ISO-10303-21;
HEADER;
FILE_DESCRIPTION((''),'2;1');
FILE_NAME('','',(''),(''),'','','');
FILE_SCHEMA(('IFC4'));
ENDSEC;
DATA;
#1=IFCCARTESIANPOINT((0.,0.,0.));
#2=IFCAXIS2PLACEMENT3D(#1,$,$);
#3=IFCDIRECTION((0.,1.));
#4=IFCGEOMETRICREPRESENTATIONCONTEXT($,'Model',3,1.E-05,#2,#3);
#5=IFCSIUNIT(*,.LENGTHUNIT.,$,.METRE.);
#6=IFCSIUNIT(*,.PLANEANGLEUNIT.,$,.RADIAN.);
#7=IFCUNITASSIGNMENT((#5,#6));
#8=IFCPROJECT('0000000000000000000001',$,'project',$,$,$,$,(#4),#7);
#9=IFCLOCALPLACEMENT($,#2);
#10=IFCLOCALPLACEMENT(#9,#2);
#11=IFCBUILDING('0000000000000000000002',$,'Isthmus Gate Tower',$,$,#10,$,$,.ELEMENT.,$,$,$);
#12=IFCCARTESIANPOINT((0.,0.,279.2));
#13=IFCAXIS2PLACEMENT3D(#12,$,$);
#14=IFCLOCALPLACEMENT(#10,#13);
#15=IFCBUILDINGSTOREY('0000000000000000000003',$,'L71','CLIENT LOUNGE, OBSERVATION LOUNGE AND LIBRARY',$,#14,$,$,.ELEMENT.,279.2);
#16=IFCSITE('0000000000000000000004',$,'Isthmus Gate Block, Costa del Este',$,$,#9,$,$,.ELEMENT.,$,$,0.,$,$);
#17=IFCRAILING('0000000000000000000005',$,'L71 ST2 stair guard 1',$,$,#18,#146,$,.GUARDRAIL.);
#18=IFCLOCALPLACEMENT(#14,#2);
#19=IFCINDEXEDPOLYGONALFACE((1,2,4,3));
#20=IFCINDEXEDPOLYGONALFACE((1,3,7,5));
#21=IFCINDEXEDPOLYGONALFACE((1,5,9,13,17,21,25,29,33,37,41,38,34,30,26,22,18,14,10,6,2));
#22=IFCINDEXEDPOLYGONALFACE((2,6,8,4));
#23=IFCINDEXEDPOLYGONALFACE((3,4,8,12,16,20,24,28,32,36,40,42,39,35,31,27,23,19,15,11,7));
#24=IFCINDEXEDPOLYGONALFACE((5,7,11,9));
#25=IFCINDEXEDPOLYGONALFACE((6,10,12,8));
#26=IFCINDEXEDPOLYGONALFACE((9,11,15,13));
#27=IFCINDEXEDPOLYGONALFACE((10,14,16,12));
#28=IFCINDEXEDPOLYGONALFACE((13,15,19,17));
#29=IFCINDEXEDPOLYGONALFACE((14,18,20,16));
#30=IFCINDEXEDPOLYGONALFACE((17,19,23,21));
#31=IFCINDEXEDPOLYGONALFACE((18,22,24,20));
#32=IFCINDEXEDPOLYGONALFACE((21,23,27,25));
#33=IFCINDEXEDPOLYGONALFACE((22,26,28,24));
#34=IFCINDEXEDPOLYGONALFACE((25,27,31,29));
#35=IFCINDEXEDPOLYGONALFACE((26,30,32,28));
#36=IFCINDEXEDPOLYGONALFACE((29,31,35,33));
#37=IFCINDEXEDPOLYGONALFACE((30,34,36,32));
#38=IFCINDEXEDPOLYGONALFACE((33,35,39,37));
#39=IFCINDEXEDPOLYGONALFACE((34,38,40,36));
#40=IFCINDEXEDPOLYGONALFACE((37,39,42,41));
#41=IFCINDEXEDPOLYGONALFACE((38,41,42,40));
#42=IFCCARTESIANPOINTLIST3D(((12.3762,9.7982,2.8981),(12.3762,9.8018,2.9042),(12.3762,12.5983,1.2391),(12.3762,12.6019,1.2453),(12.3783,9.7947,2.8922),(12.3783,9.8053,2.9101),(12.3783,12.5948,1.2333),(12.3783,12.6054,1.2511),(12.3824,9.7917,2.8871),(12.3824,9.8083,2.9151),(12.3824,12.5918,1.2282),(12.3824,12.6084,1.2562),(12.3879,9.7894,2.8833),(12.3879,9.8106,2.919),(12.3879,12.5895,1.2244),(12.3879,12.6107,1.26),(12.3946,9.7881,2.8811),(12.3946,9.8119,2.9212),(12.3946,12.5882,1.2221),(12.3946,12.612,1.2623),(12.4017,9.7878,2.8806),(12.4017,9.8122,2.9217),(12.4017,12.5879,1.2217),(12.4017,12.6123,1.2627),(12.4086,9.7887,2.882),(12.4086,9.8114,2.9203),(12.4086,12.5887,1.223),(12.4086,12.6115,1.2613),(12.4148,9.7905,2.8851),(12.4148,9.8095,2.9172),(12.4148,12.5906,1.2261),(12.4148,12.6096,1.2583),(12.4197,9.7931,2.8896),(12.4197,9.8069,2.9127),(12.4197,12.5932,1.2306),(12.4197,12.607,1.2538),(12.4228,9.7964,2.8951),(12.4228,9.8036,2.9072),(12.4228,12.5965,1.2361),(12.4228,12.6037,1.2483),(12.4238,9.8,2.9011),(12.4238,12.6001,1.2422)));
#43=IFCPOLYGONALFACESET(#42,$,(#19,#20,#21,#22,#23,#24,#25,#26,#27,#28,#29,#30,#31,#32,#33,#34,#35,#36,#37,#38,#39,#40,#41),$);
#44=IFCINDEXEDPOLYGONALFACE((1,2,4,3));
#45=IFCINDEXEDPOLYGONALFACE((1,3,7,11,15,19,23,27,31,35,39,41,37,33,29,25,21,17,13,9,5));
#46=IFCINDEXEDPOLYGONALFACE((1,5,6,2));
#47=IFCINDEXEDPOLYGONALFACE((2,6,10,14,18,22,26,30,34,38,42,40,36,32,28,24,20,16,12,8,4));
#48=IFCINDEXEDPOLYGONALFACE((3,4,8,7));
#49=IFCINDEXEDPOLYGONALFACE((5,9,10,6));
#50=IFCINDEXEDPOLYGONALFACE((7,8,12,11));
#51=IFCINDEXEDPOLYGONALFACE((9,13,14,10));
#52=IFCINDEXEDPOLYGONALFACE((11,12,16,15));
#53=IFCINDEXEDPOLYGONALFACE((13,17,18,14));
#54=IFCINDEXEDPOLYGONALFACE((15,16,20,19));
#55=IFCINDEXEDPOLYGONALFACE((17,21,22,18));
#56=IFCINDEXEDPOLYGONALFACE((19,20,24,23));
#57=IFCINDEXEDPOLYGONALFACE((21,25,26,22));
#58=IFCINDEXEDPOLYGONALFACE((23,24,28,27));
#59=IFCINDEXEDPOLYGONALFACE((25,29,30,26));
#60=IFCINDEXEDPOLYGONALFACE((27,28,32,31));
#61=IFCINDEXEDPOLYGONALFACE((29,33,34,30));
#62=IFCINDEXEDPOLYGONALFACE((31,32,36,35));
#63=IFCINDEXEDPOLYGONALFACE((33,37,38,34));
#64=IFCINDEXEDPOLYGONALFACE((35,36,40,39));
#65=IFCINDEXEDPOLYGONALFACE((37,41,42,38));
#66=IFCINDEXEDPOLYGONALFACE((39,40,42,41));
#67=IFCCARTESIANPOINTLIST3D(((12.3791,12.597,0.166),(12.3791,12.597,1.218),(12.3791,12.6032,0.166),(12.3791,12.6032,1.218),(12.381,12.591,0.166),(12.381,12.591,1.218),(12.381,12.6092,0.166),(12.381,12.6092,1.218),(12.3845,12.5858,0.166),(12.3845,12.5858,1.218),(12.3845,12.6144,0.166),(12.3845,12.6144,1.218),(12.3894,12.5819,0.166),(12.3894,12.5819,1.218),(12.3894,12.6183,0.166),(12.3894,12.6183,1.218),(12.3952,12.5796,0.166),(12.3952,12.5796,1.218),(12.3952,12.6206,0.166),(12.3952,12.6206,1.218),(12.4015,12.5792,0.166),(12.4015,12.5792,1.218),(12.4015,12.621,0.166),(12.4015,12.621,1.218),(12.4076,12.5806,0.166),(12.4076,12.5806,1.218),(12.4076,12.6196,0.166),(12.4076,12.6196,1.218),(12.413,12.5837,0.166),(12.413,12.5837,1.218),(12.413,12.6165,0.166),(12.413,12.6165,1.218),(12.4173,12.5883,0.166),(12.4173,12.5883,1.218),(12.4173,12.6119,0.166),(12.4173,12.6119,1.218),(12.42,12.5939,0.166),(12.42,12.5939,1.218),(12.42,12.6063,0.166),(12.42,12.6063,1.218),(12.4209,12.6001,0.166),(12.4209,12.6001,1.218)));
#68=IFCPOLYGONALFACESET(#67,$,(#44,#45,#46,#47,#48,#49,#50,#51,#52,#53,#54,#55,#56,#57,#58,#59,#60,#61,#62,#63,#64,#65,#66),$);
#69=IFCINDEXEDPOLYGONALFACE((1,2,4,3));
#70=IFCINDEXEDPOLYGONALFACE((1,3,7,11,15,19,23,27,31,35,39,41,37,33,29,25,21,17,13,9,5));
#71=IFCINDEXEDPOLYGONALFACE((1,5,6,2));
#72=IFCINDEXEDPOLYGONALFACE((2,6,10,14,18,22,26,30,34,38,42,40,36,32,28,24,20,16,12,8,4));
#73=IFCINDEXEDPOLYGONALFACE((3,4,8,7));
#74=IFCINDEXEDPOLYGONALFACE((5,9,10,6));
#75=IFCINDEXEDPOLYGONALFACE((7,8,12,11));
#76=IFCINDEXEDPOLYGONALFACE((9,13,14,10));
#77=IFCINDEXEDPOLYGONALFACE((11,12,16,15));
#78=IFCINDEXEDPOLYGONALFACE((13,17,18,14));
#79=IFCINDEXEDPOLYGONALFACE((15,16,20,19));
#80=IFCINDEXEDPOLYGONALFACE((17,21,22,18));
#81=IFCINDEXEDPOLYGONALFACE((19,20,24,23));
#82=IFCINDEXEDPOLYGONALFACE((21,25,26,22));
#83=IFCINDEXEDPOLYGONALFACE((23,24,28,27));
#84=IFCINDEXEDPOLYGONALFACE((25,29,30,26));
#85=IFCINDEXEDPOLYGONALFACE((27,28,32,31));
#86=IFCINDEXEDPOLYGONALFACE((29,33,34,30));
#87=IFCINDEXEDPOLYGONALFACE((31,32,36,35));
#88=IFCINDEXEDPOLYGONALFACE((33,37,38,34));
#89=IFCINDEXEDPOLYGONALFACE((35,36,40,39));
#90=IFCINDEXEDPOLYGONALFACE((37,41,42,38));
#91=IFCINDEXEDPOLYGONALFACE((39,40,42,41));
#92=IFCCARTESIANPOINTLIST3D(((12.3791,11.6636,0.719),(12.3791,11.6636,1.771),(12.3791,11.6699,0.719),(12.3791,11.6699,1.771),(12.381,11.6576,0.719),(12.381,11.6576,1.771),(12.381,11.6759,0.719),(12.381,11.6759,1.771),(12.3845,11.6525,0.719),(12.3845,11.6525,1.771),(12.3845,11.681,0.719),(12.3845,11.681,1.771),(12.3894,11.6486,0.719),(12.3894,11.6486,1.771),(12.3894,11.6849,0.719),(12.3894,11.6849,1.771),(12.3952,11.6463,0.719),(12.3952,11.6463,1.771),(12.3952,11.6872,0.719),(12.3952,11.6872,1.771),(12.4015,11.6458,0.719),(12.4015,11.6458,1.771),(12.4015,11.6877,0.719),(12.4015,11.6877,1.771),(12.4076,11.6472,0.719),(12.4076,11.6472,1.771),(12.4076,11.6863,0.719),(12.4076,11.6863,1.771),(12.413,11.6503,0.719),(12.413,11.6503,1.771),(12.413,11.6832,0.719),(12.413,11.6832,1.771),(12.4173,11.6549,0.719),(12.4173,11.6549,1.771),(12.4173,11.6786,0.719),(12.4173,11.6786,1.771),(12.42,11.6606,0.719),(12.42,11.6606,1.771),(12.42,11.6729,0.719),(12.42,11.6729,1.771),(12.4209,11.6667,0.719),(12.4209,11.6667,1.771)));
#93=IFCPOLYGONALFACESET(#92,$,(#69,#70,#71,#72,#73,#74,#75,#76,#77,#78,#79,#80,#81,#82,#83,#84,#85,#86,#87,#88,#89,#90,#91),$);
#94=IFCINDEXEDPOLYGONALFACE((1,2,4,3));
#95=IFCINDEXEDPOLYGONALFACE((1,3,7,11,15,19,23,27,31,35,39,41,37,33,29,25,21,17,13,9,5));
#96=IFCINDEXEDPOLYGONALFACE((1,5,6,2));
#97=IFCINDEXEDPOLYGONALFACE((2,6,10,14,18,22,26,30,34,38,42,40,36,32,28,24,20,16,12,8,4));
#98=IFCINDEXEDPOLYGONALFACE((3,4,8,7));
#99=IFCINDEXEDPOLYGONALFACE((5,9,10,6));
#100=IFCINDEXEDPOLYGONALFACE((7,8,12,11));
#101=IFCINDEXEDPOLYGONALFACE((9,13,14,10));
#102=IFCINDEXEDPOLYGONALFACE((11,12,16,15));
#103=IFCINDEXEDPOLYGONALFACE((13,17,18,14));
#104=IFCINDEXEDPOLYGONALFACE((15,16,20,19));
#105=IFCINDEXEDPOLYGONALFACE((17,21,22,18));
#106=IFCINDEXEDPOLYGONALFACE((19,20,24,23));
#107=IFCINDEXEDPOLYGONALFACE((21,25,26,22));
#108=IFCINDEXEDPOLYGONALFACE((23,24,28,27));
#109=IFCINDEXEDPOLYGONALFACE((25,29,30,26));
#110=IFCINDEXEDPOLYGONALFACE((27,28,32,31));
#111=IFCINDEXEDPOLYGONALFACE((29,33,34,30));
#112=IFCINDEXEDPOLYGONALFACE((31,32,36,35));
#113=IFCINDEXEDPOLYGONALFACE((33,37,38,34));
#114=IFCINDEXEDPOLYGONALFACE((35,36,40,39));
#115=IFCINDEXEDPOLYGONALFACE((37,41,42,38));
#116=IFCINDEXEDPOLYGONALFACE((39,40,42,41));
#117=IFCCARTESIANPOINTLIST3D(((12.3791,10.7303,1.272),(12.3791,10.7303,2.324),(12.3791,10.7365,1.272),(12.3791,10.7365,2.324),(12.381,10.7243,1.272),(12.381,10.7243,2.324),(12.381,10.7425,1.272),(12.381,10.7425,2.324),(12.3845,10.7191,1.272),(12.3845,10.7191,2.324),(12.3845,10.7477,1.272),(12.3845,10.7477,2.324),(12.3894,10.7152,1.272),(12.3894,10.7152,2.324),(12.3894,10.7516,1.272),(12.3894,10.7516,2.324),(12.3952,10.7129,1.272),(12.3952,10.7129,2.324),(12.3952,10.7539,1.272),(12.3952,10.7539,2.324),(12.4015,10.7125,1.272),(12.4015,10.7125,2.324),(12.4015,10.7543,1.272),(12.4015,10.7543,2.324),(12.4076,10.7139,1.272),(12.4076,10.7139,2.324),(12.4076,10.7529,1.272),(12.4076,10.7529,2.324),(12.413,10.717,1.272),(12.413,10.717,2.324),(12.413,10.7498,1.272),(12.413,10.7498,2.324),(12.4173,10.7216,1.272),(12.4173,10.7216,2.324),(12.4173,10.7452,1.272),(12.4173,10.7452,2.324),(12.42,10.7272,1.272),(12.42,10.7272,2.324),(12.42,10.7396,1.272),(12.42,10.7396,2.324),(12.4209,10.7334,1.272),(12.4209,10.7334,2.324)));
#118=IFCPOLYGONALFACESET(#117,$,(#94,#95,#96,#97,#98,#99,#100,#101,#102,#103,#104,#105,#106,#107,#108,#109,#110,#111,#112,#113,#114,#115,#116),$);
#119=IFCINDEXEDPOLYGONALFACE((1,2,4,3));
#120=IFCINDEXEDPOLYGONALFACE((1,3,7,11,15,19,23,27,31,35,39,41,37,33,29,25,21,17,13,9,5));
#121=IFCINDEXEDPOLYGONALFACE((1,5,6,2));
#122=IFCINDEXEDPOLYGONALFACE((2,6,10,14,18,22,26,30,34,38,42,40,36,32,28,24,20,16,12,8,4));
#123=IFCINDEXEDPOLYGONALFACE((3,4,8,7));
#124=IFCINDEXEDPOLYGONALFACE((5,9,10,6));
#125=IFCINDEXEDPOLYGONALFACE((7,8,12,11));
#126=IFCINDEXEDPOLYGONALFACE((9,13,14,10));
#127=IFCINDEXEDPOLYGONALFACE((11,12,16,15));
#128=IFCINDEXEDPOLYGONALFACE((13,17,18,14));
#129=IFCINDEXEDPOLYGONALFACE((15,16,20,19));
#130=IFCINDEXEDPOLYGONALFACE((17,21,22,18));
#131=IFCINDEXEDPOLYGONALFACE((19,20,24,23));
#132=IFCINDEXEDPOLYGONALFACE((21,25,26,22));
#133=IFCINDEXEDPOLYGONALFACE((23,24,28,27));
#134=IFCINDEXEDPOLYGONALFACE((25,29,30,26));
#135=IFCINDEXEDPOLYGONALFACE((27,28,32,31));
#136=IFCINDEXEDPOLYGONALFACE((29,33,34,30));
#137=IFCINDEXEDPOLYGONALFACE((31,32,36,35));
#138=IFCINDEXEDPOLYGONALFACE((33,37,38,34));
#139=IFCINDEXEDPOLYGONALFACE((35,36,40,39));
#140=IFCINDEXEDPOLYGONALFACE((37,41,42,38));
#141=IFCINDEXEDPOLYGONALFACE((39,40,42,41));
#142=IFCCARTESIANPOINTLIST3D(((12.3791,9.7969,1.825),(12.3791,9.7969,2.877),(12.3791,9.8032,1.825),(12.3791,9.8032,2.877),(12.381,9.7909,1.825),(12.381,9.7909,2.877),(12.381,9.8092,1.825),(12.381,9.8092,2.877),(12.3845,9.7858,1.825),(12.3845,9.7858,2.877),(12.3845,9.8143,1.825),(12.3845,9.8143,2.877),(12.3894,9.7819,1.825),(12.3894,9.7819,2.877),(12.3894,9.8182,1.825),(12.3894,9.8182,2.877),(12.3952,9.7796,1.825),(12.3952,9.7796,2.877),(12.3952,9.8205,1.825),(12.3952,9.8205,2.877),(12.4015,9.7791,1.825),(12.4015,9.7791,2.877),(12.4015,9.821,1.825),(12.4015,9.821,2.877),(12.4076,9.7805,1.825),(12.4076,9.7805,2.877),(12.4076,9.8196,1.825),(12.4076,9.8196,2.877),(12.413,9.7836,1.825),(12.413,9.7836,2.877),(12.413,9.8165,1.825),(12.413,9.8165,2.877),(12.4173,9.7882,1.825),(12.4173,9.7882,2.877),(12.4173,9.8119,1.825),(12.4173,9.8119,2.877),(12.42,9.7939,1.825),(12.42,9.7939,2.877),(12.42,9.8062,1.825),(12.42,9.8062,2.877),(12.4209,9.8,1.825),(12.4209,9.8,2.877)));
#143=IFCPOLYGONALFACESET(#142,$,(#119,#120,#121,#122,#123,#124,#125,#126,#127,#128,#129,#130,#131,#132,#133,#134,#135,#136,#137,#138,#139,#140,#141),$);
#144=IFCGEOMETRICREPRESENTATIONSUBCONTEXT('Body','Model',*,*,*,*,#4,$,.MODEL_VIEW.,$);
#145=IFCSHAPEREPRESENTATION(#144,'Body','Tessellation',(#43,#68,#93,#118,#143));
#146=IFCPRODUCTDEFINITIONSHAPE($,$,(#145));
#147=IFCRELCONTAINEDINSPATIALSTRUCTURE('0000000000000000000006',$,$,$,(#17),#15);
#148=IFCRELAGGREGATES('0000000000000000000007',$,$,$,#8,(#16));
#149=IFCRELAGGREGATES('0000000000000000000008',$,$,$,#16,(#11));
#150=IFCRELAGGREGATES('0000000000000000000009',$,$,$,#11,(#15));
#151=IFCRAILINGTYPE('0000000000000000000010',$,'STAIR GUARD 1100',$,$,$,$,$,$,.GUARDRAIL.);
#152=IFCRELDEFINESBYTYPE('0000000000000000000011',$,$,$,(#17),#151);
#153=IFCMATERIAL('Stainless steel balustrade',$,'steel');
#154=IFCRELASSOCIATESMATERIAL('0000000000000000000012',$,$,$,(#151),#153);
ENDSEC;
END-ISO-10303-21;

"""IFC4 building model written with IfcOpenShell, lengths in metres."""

from ifc_helpers import new_model, si_unit, direction, frame, origin, origin_2d, place, context, subcontext, project, spatial, circle, extrude, material, type_object, element, save


model = new_model("IFC4")

# Units and contexts
model_context = context("Model", 3, precision=1e-05, world=origin(), true_north=direction((0.0, 1.0)))
body_context = subcontext(model_context, "Body", "Model", "MODEL_VIEW")
ifc_project = project(units=[si_unit("LENGTHUNIT", "METRE"), si_unit("PLANEANGLEUNIT", "RADIAN")], contexts=[model_context])

# Site, building, storey
site_placement = place(None, origin())
site = spatial("IfcSite", under=ifc_project, at=site_placement, Name="Isthmus Gate Block, Costa del Este", CompositionType="ELEMENT", RefElevation=0.0)
building_placement = place(site_placement, origin())
building = spatial("IfcBuilding", under=site, at=building_placement, Name="Isthmus Gate Tower", CompositionType="ELEMENT")
storey_placement = place(building_placement, frame((0.0, 0.0, 279.2)))
storey = spatial("IfcBuildingStorey", under=building, at=storey_placement, Name="L71", Description="CLIENT LOUNGE, OBSERVATION LOUNGE AND LIBRARY", CompositionType="ELEMENT", Elevation=279.2)

# Railing
ifc_material_1 = material(Name="Stainless steel balustrade", Category="steel")
railing_type_1 = type_object("IfcRailingType", Name="STAIR GUARD 1100", PredefinedType="GUARDRAIL", material=ifc_material_1)
railing_1_placement = place(storey_placement, frame((12.3999, 12.6001, 0.166)))
element("IfcRailing", 1, at=railing_1_placement, inside=storey, type_object=railing_type_1, Name="L71 ST2 stair guard 1", PredefinedType="GUARDRAIL", context=body_context, shape_type="SweptSolid", body=[
    extrude(circle(Radius=0.0239, at=origin_2d()), frame((0.0, 0.0, 1.0762), z_axis=(0.0, -0.860339, 0.509722), x_axis=(1.0, 0.0, 0.0)), (0.0, 0.0, 1.0), 3.2546),
    extrude(circle(Radius=0.021, at=origin_2d()), origin(), (0.0, 0.0, 1.0), 1.052),
    extrude(circle(Radius=0.021, at=origin_2d()), frame((0.0, -0.9333, 0.553)), (0.0, 0.0, 1.0), 1.052),
    extrude(circle(Radius=0.021, at=origin_2d()), frame((0.0, -1.8667, 1.106)), (0.0, 0.0, 1.0), 1.052),
    extrude(circle(Radius=0.021, at=origin_2d()), frame((0.0, -2.8, 1.6589)), (0.0, 0.0, 1.0), 1.052),
])

save(model, "model.ifc")
